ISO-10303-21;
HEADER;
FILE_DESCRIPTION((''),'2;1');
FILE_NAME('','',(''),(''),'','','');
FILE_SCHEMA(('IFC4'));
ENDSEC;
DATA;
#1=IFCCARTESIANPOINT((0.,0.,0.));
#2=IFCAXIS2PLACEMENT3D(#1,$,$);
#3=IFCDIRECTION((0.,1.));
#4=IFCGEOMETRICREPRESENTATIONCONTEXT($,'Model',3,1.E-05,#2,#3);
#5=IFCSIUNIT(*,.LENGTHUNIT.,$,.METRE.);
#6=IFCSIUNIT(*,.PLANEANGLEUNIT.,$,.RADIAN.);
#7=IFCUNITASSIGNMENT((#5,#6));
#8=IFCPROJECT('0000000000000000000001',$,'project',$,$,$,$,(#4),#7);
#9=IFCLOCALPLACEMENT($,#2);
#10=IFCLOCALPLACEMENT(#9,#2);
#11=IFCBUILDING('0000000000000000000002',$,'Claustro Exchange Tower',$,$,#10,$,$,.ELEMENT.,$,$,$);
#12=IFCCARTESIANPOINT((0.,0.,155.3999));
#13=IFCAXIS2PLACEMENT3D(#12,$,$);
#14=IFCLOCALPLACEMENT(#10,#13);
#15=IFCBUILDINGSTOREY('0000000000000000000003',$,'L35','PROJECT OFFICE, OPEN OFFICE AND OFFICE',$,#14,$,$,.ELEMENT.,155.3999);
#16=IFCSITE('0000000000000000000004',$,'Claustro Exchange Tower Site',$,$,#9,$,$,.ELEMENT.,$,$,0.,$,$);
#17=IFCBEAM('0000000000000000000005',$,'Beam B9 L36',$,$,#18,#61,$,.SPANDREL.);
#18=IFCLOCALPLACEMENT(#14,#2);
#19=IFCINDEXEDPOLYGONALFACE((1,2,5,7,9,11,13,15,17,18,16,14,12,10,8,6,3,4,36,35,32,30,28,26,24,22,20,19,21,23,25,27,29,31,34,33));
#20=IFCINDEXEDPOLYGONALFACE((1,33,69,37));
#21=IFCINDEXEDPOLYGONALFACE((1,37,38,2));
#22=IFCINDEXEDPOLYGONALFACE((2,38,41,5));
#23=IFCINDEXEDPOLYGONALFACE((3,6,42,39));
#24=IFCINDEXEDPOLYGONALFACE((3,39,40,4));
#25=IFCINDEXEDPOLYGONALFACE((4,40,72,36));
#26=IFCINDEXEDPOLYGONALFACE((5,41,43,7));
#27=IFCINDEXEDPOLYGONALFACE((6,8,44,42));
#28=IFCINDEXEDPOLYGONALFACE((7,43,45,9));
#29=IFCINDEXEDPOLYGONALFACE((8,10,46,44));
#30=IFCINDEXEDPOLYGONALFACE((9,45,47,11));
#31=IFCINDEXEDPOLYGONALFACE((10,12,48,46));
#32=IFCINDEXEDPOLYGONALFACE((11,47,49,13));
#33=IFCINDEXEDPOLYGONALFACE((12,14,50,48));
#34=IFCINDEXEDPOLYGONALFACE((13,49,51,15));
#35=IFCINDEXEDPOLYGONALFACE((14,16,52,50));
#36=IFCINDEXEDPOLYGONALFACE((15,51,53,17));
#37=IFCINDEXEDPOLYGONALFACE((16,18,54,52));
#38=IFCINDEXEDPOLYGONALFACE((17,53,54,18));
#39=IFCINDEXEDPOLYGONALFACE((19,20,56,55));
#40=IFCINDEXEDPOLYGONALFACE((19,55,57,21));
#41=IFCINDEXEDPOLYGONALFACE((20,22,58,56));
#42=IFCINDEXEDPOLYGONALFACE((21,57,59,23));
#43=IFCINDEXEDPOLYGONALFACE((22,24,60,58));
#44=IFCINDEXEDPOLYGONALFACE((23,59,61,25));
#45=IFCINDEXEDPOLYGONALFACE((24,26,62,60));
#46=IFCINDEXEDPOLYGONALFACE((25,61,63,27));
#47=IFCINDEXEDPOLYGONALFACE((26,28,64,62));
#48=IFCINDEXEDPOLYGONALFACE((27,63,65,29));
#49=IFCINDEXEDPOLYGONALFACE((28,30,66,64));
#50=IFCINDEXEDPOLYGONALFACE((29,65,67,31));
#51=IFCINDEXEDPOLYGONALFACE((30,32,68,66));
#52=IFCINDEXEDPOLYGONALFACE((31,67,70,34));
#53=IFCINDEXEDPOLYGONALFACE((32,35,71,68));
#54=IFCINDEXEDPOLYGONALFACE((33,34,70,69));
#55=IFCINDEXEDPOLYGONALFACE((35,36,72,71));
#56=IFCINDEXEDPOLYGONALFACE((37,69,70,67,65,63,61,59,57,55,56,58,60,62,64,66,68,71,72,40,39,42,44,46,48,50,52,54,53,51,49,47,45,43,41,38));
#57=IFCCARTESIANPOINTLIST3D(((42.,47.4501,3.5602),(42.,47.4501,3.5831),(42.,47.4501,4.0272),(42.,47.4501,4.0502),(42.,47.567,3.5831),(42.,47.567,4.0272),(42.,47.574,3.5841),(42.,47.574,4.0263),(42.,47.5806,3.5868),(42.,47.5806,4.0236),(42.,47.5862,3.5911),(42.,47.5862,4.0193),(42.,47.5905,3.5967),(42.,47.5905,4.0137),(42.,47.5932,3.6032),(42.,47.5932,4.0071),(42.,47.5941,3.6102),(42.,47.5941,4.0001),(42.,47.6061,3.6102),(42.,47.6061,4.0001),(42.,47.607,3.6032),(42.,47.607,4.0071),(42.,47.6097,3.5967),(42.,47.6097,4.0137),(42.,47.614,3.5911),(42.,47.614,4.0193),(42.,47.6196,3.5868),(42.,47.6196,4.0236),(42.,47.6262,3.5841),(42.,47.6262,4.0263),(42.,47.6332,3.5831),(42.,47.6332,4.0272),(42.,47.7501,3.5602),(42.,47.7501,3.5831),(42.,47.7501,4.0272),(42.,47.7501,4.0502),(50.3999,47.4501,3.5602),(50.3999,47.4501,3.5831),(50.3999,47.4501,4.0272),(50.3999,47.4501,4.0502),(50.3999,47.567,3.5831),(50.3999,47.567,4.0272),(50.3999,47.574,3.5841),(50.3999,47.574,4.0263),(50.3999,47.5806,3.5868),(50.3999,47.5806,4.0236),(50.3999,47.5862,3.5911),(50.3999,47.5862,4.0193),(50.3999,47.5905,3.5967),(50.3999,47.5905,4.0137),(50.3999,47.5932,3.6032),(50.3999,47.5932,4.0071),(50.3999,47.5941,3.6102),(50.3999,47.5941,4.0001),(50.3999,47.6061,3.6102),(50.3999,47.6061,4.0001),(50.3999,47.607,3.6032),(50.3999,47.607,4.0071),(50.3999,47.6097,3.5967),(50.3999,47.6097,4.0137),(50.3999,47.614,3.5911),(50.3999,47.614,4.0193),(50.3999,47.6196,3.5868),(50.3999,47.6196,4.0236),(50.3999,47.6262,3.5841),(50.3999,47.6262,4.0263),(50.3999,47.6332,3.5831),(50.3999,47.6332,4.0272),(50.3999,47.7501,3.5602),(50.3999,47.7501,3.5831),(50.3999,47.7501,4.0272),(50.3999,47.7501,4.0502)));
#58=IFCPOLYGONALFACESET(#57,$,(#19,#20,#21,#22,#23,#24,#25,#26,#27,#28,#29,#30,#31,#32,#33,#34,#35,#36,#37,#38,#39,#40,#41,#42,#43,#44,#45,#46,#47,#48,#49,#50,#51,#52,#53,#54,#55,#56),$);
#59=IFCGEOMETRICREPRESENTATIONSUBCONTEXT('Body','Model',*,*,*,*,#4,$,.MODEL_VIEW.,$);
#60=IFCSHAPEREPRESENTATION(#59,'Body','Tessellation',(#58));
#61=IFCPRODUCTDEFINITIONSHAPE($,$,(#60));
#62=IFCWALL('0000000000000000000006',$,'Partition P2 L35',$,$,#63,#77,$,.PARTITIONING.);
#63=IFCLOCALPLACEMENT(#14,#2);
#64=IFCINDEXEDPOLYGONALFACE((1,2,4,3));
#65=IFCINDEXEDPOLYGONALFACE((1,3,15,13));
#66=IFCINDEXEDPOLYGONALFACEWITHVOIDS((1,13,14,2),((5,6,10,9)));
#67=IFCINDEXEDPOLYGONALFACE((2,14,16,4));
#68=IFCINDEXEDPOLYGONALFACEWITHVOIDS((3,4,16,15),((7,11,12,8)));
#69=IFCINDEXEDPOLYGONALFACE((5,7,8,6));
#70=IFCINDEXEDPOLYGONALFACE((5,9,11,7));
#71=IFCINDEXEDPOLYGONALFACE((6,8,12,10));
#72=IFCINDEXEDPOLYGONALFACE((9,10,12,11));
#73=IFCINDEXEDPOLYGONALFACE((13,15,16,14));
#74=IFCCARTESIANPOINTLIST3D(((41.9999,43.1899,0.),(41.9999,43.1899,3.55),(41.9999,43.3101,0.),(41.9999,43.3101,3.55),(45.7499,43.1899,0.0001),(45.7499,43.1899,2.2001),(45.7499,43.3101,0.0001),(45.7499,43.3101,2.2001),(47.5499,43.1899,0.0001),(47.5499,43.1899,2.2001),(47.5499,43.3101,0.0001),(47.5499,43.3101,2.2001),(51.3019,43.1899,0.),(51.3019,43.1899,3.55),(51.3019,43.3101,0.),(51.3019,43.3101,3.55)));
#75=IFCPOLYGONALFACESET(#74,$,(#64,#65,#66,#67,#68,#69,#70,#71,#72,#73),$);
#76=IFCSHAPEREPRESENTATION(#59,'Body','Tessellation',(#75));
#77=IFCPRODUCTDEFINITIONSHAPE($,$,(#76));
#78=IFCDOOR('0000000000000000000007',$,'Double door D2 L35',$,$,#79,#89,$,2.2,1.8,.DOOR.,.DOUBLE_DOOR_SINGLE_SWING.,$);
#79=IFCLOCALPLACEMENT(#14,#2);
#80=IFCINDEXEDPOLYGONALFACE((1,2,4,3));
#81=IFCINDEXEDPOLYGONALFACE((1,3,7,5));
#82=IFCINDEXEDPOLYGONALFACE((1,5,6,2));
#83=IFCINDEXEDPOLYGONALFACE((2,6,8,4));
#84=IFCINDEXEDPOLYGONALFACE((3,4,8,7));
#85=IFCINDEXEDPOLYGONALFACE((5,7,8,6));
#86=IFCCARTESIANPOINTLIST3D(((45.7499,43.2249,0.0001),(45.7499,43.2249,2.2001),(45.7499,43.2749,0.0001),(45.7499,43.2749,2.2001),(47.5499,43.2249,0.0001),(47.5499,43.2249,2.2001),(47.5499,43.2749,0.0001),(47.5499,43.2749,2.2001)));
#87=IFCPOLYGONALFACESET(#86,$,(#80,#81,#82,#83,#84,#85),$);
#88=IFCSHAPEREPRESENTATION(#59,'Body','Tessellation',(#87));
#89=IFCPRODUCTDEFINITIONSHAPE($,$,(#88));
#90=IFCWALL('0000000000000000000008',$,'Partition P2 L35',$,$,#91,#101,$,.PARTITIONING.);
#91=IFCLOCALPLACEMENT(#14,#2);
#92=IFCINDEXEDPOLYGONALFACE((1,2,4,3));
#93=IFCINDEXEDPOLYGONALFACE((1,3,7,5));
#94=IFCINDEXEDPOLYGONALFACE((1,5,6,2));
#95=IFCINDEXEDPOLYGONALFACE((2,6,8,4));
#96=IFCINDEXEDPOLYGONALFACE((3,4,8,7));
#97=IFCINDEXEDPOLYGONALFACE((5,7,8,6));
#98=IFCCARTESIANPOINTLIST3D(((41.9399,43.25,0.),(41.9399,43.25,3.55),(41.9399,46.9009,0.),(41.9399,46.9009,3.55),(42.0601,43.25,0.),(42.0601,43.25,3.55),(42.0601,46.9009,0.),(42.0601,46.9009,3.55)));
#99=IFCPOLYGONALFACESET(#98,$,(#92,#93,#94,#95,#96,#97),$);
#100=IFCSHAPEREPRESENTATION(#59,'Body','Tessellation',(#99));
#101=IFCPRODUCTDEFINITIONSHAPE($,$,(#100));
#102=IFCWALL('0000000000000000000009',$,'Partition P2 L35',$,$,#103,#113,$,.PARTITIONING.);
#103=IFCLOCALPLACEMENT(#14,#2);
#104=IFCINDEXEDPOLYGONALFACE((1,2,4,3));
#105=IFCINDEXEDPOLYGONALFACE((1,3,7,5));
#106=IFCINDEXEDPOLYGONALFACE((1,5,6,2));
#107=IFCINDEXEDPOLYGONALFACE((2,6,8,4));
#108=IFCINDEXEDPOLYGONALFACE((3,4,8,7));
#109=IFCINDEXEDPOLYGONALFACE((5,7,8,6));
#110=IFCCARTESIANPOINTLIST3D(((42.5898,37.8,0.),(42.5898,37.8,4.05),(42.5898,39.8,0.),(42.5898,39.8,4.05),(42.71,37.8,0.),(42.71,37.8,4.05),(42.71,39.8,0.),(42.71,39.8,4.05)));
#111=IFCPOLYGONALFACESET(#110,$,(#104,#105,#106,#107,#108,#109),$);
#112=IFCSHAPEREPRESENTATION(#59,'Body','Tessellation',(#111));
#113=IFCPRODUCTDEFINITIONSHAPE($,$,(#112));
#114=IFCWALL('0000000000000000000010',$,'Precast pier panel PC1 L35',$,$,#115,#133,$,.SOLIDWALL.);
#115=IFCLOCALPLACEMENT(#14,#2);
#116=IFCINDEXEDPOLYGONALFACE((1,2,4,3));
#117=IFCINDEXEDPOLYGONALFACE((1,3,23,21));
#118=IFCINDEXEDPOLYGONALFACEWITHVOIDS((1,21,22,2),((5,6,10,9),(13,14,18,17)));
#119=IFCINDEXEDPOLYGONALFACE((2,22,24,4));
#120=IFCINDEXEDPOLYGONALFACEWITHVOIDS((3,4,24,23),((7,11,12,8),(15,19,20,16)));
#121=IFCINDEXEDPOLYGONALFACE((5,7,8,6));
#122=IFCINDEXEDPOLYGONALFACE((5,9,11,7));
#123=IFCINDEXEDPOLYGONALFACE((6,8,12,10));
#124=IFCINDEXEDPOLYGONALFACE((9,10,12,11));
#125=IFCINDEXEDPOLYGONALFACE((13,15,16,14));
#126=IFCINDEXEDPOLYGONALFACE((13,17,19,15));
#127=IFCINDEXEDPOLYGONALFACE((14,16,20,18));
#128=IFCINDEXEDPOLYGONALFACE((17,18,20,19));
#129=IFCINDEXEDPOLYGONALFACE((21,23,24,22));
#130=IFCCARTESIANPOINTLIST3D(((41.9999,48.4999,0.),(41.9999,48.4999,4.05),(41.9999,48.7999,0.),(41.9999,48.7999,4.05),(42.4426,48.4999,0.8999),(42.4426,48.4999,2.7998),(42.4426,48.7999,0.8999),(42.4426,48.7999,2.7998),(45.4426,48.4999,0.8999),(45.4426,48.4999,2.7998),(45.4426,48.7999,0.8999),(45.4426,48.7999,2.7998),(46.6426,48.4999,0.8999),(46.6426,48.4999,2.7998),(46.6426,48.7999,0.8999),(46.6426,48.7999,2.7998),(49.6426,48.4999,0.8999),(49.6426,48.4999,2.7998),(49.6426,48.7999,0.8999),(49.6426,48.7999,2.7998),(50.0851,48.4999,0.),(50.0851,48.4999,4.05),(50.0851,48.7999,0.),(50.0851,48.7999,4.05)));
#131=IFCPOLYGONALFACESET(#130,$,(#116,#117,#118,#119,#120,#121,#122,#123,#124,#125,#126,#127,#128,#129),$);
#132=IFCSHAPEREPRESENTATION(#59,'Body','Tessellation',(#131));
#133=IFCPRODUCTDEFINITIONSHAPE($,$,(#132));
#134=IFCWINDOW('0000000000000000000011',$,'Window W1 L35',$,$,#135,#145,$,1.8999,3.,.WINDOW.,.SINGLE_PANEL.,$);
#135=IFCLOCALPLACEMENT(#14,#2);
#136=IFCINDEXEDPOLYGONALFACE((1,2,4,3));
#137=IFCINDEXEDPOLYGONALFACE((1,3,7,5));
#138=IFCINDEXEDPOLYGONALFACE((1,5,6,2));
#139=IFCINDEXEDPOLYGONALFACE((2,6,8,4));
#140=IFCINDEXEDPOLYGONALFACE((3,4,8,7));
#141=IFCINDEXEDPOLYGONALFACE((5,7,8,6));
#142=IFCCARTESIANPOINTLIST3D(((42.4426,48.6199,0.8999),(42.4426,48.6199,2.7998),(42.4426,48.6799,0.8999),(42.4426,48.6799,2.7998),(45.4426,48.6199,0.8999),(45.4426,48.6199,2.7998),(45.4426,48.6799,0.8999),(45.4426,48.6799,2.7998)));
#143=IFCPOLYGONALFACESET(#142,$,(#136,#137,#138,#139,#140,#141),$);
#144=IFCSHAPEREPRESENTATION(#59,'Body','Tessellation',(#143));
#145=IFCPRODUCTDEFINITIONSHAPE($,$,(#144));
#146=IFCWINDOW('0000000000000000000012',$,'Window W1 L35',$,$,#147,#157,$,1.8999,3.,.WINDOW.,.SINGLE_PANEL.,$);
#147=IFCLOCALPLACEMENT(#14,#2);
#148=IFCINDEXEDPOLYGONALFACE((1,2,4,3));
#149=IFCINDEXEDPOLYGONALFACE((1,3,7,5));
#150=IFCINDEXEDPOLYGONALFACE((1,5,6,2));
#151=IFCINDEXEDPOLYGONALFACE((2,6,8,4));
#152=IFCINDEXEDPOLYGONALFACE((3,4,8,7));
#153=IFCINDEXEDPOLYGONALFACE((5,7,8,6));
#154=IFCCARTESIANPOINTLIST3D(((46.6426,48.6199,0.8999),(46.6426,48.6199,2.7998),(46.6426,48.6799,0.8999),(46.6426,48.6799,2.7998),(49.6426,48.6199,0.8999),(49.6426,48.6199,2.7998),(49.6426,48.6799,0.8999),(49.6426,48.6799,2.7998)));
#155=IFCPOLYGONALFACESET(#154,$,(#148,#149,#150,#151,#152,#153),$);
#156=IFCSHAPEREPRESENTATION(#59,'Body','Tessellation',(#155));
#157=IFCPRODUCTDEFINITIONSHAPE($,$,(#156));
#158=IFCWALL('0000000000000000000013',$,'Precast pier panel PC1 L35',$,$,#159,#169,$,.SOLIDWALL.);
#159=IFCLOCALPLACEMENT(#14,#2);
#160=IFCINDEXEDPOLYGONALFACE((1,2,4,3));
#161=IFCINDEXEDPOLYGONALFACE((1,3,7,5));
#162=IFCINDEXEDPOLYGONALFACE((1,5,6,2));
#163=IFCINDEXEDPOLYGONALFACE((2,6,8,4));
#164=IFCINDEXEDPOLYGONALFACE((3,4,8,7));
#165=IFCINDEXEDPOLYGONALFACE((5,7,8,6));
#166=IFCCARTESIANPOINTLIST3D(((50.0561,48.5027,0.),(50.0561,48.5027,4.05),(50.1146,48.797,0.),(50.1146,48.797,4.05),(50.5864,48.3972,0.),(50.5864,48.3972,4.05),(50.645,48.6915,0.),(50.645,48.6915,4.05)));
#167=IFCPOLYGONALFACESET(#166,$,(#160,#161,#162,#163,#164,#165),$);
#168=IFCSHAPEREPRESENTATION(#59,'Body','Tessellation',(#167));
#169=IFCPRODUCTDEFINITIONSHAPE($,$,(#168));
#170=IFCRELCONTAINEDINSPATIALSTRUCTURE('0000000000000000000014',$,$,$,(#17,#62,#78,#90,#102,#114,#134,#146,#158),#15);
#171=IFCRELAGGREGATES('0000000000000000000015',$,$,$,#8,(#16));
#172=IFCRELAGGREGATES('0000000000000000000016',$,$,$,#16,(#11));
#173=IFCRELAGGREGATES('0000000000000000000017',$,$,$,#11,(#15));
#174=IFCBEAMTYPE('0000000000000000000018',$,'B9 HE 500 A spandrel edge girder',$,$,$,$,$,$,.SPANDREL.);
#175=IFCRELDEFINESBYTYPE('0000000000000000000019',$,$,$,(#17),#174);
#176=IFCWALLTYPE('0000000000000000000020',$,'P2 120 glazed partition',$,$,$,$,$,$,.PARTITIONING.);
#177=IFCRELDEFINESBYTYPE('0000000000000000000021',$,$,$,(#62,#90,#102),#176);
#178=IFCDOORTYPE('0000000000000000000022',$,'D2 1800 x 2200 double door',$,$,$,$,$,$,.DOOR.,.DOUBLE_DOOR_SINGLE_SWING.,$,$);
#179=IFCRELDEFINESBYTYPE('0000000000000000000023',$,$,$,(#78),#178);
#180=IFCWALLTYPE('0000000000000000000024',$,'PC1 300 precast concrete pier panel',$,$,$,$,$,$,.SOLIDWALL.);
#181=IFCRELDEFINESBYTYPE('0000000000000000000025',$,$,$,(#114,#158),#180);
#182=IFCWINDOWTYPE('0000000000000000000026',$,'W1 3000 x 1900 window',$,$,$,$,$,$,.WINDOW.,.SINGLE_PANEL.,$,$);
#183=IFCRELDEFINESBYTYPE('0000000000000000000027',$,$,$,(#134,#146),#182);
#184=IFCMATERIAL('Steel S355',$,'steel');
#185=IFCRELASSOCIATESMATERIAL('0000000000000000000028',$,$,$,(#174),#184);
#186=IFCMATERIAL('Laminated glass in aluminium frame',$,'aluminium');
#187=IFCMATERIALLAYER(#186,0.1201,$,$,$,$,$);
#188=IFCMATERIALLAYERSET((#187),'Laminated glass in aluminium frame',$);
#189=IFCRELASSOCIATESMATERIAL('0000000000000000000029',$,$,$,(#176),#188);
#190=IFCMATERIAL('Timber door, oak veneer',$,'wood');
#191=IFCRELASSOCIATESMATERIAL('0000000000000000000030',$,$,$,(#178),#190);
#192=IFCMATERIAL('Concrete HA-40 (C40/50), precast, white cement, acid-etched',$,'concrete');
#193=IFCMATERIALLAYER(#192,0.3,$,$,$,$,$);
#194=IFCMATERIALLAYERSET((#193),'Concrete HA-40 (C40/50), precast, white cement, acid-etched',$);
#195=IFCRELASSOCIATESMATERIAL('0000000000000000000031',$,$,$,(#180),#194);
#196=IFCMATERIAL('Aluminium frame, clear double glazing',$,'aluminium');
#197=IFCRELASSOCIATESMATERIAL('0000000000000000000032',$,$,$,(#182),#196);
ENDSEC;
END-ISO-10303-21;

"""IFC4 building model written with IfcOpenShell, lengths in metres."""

from ifc_helpers import new_model, si_unit, direction, frame, frame_2d, origin, origin_2d, place, context, subcontext, project, spatial, rectangle, i_section, extrude, material, layer, layer_set, material_profile, profile_set, type_object, element, fill, save


model = new_model("IFC4")

# Units and contexts
model_context = context("Model", 3, precision=1e-05, world=origin(), true_north=direction((0.0, 1.0)))
body_context = subcontext(model_context, "Body", "Model", "MODEL_VIEW")
ifc_project = project(units=[si_unit("LENGTHUNIT", "METRE"), si_unit("PLANEANGLEUNIT", "RADIAN")], contexts=[model_context])

# Site, building, storey
site_placement = place(None, origin())
site = spatial("IfcSite", under=ifc_project, at=site_placement, Name="Claustro Exchange Tower Site", CompositionType="ELEMENT", RefElevation=0.0)
building_placement = place(site_placement, origin())
building = spatial("IfcBuilding", under=site, at=building_placement, Name="Claustro Exchange Tower", CompositionType="ELEMENT")
storey_placement = place(building_placement, frame((0.0, 0.0, 155.3999)))
storey = spatial("IfcBuildingStorey", under=building, at=storey_placement, Name="L35", Description="PROJECT OFFICE, OPEN OFFICE AND OFFICE", CompositionType="ELEMENT", Elevation=155.3999)

# Beam
ifc_material_1 = material(Name="Steel S355", Category="steel")
ifc_material_profile_1 = material_profile(ifc_material_1, i_section(OverallWidth=0.3, OverallDepth=0.49, WebThickness=0.012, FlangeThickness=0.0229, FilletRadius=0.0271, at=origin_2d()), Name="HE 500 A")
ifc_profile_set_1 = profile_set([ifc_material_profile_1], Name="Steel S355")
beam_type_1 = type_object("IfcBeamType", Name="B9 HE 500 A spandrel edge girder", PredefinedType="SPANDREL", material=ifc_profile_set_1)
beam_1_placement = place(storey_placement, frame((42.0, 47.6001, 3.8052), z_axis=(1.0, 0.0, 0.0), x_axis=(0.0, 1.0, 0.0)))
element("IfcBeam", 1, at=beam_1_placement, inside=storey, type_object=beam_type_1, Name="Beam B9 L36", PredefinedType="SPANDREL", context=body_context, shape_type="SweptSolid", body=[
    extrude(i_section(OverallWidth=0.3, OverallDepth=0.49, WebThickness=0.012, FlangeThickness=0.0229, FilletRadius=0.0271, at=origin_2d()), origin(), (0.0, 0.0, 1.0), 8.3999),
])

# Wall, opening, door
ifc_material_2 = material(Name="Laminated glass in aluminium frame", Category="aluminium")
ifc_layer_1 = layer(ifc_material_2, 0.1201)
ifc_layer_set_1 = layer_set([ifc_layer_1], Name="Laminated glass in aluminium frame")
wall_type_1 = type_object("IfcWallType", Name="P2 120 glazed partition", PredefinedType="PARTITIONING", material=ifc_layer_set_1)
wall_1_placement = place(storey_placement, frame((42.0, 43.25, 0.0), z_axis=(0.0, 0.0, 1.0), x_axis=(1.0, 0.0, 0.0)))
wall_1 = element("IfcWall", 2, at=wall_1_placement, inside=storey, type_object=wall_type_1, Name="Partition P2 L35", PredefinedType="PARTITIONING", context=body_context, shape_type="SweptSolid", body=[
    extrude(rectangle(XDim=9.302, YDim=0.1201, at=frame_2d((4.6509, 0.0))), origin(), (0.0, 0.0, 1.0), 3.55),
])
opening_1_placement = place(wall_1_placement, frame((3.75, 0.0, 0.0)))
opening_1 = element("IfcOpeningElement", 3, at=opening_1_placement, cuts=wall_1, PredefinedType="OPENING", context=body_context, shape_type="SweptSolid", body=[
    extrude(rectangle(XDim=1.8, YDim=2.2, at=frame_2d((0.8999, 1.1001))), frame((0.0, 0.0701, 0.0), z_axis=(0.0, -1.0, 0.0), x_axis=(1.0, 0.0, 0.0)), (0.0, 0.0, 1.0), 0.1401),
])
ifc_material_3 = material(Name="Timber door, oak veneer", Category="wood")
door_type = type_object("IfcDoorType", Name="D2 1800 x 2200 double door", OperationType="DOUBLE_DOOR_SINGLE_SWING", PredefinedType="DOOR", material=ifc_material_3)
door_placement = place(opening_1_placement, origin())
door = element("IfcDoor", 4, at=door_placement, inside=storey, type_object=door_type, Name="Double door D2 L35", OperationType="DOUBLE_DOOR_SINGLE_SWING", OverallHeight=2.2, OverallWidth=1.8, PredefinedType="DOOR", context=body_context, shape_type="SweptSolid", body=[
    extrude(rectangle(XDim=1.8, YDim=2.2, at=frame_2d((0.8999, 1.1001))), frame((0.0, 0.0249, 0.0), z_axis=(0.0, -1.0, 0.0), x_axis=(1.0, 0.0, 0.0)), (0.0, 0.0, 1.0), 0.05),
])
fill(opening_1, door)

# Walls
wall_2_placement = place(storey_placement, frame((42.0, 43.25, 0.0), z_axis=(0.0, 0.0, 1.0), x_axis=(0.0, 1.0, 0.0)))
element("IfcWall", 5, at=wall_2_placement, inside=storey, type_object=wall_type_1, Name="Partition P2 L35", PredefinedType="PARTITIONING", context=body_context, shape_type="SweptSolid", body=[
    extrude(rectangle(XDim=3.6509, YDim=0.1201, at=frame_2d((1.8254, 0.0))), origin(), (0.0, 0.0, 1.0), 3.55),
])
wall_3_placement = place(storey_placement, frame((42.6499, 37.8, 0.0), z_axis=(0.0, 0.0, 1.0), x_axis=(0.0, 1.0, 0.0)))
element("IfcWall", 6, at=wall_3_placement, inside=storey, type_object=wall_type_1, Name="Partition P2 L35", PredefinedType="PARTITIONING", context=body_context, shape_type="SweptSolid", body=[
    extrude(rectangle(XDim=2.0, YDim=0.1201, at=frame_2d((1.0, 0.0))), origin(), (0.0, 0.0, 1.0), 4.05),
])

# Wall, openings, windows
ifc_material_4 = material(Name="Concrete HA-40 (C40/50), precast, white cement, acid-etched", Category="concrete")
ifc_layer_2 = layer(ifc_material_4, 0.3)
ifc_layer_set_2 = layer_set([ifc_layer_2], Name="Concrete HA-40 (C40/50), precast, white cement, acid-etched")
wall_type_2 = type_object("IfcWallType", Name="PC1 300 precast concrete pier panel", PredefinedType="SOLIDWALL", material=ifc_layer_set_2)
wall_4_placement = place(storey_placement, frame((42.0, 48.6499, 0.0), z_axis=(0.0, 0.0, 1.0), x_axis=(1.0, 0.0, 0.0)))
wall_4 = element("IfcWall", 7, at=wall_4_placement, inside=storey, type_object=wall_type_2, Name="Precast pier panel PC1 L35", PredefinedType="SOLIDWALL", context=body_context, shape_type="SweptSolid", body=[
    extrude(rectangle(XDim=8.0852, YDim=0.3, at=frame_2d((4.0425, 0.0))), origin(), (0.0, 0.0, 1.0), 4.05),
])
opening_2_placement = place(wall_4_placement, frame((0.4426, 0.0, 0.8999)))
opening_2 = element("IfcOpeningElement", 8, at=opening_2_placement, cuts=wall_4, PredefinedType="OPENING", context=body_context, shape_type="SweptSolid", body=[
    extrude(rectangle(XDim=3.0, YDim=1.8999, at=frame_2d((1.5, 0.95))), frame((0.0, 0.1599, 0.0), z_axis=(0.0, -1.0, 0.0), x_axis=(1.0, 0.0, 0.0)), (0.0, 0.0, 1.0), 0.3201),
])
opening_3_placement = place(wall_4_placement, frame((4.6426, 0.0, 0.8999)))
opening_3 = element("IfcOpeningElement", 9, at=opening_3_placement, cuts=wall_4, PredefinedType="OPENING", context=body_context, shape_type="SweptSolid", body=[
    extrude(rectangle(XDim=3.0, YDim=1.8999, at=frame_2d((1.5, 0.95))), frame((0.0, 0.1599, 0.0), z_axis=(0.0, -1.0, 0.0), x_axis=(1.0, 0.0, 0.0)), (0.0, 0.0, 1.0), 0.3201),
])
ifc_material_5 = material(Name="Aluminium frame, clear double glazing", Category="aluminium")
window_type_1 = type_object("IfcWindowType", Name="W1 3000 x 1900 window", PartitioningType="SINGLE_PANEL", PredefinedType="WINDOW", material=ifc_material_5)
window_1_placement = place(opening_2_placement, origin())
window_1 = element("IfcWindow", 10, at=window_1_placement, inside=storey, type_object=window_type_1, Name="Window W1 L35", OverallHeight=1.8999, OverallWidth=3.0, PartitioningType="SINGLE_PANEL", PredefinedType="WINDOW", context=body_context, shape_type="SweptSolid", body=[
    extrude(rectangle(XDim=3.0, YDim=1.8999, at=frame_2d((1.5, 0.95))), frame((0.0, 0.03, 0.0), z_axis=(0.0, -1.0, 0.0), x_axis=(1.0, 0.0, 0.0)), (0.0, 0.0, 1.0), 0.0601),
])
fill(opening_2, window_1)
window_2_placement = place(opening_3_placement, origin())
window_2 = element("IfcWindow", 11, at=window_2_placement, inside=storey, type_object=window_type_1, Name="Window W1 L35", OverallHeight=1.8999, OverallWidth=3.0, PartitioningType="SINGLE_PANEL", PredefinedType="WINDOW", context=body_context, shape_type="SweptSolid", body=[
    extrude(rectangle(XDim=3.0, YDim=1.8999, at=frame_2d((1.5, 0.95))), frame((0.0, 0.03, 0.0), z_axis=(0.0, -1.0, 0.0), x_axis=(1.0, 0.0, 0.0)), (0.0, 0.0, 1.0), 0.0601),
])
fill(opening_3, window_2)

# Wall
wall_5_placement = place(storey_placement, frame((50.0852, 48.6499, 0.0), z_axis=(0.0, 0.0, 1.0), x_axis=(0.980789, -0.195074, 0.0)))
element("IfcWall", 12, at=wall_5_placement, inside=storey, type_object=wall_type_2, Name="Precast pier panel PC1 L35", PredefinedType="SOLIDWALL", context=body_context, shape_type="SweptSolid", body=[
    extrude(rectangle(XDim=0.5408, YDim=0.3, at=frame_2d((0.2705, 0.0))), origin(), (0.0, 0.0, 1.0), 4.05),
])

save(model, "model.ifc")
